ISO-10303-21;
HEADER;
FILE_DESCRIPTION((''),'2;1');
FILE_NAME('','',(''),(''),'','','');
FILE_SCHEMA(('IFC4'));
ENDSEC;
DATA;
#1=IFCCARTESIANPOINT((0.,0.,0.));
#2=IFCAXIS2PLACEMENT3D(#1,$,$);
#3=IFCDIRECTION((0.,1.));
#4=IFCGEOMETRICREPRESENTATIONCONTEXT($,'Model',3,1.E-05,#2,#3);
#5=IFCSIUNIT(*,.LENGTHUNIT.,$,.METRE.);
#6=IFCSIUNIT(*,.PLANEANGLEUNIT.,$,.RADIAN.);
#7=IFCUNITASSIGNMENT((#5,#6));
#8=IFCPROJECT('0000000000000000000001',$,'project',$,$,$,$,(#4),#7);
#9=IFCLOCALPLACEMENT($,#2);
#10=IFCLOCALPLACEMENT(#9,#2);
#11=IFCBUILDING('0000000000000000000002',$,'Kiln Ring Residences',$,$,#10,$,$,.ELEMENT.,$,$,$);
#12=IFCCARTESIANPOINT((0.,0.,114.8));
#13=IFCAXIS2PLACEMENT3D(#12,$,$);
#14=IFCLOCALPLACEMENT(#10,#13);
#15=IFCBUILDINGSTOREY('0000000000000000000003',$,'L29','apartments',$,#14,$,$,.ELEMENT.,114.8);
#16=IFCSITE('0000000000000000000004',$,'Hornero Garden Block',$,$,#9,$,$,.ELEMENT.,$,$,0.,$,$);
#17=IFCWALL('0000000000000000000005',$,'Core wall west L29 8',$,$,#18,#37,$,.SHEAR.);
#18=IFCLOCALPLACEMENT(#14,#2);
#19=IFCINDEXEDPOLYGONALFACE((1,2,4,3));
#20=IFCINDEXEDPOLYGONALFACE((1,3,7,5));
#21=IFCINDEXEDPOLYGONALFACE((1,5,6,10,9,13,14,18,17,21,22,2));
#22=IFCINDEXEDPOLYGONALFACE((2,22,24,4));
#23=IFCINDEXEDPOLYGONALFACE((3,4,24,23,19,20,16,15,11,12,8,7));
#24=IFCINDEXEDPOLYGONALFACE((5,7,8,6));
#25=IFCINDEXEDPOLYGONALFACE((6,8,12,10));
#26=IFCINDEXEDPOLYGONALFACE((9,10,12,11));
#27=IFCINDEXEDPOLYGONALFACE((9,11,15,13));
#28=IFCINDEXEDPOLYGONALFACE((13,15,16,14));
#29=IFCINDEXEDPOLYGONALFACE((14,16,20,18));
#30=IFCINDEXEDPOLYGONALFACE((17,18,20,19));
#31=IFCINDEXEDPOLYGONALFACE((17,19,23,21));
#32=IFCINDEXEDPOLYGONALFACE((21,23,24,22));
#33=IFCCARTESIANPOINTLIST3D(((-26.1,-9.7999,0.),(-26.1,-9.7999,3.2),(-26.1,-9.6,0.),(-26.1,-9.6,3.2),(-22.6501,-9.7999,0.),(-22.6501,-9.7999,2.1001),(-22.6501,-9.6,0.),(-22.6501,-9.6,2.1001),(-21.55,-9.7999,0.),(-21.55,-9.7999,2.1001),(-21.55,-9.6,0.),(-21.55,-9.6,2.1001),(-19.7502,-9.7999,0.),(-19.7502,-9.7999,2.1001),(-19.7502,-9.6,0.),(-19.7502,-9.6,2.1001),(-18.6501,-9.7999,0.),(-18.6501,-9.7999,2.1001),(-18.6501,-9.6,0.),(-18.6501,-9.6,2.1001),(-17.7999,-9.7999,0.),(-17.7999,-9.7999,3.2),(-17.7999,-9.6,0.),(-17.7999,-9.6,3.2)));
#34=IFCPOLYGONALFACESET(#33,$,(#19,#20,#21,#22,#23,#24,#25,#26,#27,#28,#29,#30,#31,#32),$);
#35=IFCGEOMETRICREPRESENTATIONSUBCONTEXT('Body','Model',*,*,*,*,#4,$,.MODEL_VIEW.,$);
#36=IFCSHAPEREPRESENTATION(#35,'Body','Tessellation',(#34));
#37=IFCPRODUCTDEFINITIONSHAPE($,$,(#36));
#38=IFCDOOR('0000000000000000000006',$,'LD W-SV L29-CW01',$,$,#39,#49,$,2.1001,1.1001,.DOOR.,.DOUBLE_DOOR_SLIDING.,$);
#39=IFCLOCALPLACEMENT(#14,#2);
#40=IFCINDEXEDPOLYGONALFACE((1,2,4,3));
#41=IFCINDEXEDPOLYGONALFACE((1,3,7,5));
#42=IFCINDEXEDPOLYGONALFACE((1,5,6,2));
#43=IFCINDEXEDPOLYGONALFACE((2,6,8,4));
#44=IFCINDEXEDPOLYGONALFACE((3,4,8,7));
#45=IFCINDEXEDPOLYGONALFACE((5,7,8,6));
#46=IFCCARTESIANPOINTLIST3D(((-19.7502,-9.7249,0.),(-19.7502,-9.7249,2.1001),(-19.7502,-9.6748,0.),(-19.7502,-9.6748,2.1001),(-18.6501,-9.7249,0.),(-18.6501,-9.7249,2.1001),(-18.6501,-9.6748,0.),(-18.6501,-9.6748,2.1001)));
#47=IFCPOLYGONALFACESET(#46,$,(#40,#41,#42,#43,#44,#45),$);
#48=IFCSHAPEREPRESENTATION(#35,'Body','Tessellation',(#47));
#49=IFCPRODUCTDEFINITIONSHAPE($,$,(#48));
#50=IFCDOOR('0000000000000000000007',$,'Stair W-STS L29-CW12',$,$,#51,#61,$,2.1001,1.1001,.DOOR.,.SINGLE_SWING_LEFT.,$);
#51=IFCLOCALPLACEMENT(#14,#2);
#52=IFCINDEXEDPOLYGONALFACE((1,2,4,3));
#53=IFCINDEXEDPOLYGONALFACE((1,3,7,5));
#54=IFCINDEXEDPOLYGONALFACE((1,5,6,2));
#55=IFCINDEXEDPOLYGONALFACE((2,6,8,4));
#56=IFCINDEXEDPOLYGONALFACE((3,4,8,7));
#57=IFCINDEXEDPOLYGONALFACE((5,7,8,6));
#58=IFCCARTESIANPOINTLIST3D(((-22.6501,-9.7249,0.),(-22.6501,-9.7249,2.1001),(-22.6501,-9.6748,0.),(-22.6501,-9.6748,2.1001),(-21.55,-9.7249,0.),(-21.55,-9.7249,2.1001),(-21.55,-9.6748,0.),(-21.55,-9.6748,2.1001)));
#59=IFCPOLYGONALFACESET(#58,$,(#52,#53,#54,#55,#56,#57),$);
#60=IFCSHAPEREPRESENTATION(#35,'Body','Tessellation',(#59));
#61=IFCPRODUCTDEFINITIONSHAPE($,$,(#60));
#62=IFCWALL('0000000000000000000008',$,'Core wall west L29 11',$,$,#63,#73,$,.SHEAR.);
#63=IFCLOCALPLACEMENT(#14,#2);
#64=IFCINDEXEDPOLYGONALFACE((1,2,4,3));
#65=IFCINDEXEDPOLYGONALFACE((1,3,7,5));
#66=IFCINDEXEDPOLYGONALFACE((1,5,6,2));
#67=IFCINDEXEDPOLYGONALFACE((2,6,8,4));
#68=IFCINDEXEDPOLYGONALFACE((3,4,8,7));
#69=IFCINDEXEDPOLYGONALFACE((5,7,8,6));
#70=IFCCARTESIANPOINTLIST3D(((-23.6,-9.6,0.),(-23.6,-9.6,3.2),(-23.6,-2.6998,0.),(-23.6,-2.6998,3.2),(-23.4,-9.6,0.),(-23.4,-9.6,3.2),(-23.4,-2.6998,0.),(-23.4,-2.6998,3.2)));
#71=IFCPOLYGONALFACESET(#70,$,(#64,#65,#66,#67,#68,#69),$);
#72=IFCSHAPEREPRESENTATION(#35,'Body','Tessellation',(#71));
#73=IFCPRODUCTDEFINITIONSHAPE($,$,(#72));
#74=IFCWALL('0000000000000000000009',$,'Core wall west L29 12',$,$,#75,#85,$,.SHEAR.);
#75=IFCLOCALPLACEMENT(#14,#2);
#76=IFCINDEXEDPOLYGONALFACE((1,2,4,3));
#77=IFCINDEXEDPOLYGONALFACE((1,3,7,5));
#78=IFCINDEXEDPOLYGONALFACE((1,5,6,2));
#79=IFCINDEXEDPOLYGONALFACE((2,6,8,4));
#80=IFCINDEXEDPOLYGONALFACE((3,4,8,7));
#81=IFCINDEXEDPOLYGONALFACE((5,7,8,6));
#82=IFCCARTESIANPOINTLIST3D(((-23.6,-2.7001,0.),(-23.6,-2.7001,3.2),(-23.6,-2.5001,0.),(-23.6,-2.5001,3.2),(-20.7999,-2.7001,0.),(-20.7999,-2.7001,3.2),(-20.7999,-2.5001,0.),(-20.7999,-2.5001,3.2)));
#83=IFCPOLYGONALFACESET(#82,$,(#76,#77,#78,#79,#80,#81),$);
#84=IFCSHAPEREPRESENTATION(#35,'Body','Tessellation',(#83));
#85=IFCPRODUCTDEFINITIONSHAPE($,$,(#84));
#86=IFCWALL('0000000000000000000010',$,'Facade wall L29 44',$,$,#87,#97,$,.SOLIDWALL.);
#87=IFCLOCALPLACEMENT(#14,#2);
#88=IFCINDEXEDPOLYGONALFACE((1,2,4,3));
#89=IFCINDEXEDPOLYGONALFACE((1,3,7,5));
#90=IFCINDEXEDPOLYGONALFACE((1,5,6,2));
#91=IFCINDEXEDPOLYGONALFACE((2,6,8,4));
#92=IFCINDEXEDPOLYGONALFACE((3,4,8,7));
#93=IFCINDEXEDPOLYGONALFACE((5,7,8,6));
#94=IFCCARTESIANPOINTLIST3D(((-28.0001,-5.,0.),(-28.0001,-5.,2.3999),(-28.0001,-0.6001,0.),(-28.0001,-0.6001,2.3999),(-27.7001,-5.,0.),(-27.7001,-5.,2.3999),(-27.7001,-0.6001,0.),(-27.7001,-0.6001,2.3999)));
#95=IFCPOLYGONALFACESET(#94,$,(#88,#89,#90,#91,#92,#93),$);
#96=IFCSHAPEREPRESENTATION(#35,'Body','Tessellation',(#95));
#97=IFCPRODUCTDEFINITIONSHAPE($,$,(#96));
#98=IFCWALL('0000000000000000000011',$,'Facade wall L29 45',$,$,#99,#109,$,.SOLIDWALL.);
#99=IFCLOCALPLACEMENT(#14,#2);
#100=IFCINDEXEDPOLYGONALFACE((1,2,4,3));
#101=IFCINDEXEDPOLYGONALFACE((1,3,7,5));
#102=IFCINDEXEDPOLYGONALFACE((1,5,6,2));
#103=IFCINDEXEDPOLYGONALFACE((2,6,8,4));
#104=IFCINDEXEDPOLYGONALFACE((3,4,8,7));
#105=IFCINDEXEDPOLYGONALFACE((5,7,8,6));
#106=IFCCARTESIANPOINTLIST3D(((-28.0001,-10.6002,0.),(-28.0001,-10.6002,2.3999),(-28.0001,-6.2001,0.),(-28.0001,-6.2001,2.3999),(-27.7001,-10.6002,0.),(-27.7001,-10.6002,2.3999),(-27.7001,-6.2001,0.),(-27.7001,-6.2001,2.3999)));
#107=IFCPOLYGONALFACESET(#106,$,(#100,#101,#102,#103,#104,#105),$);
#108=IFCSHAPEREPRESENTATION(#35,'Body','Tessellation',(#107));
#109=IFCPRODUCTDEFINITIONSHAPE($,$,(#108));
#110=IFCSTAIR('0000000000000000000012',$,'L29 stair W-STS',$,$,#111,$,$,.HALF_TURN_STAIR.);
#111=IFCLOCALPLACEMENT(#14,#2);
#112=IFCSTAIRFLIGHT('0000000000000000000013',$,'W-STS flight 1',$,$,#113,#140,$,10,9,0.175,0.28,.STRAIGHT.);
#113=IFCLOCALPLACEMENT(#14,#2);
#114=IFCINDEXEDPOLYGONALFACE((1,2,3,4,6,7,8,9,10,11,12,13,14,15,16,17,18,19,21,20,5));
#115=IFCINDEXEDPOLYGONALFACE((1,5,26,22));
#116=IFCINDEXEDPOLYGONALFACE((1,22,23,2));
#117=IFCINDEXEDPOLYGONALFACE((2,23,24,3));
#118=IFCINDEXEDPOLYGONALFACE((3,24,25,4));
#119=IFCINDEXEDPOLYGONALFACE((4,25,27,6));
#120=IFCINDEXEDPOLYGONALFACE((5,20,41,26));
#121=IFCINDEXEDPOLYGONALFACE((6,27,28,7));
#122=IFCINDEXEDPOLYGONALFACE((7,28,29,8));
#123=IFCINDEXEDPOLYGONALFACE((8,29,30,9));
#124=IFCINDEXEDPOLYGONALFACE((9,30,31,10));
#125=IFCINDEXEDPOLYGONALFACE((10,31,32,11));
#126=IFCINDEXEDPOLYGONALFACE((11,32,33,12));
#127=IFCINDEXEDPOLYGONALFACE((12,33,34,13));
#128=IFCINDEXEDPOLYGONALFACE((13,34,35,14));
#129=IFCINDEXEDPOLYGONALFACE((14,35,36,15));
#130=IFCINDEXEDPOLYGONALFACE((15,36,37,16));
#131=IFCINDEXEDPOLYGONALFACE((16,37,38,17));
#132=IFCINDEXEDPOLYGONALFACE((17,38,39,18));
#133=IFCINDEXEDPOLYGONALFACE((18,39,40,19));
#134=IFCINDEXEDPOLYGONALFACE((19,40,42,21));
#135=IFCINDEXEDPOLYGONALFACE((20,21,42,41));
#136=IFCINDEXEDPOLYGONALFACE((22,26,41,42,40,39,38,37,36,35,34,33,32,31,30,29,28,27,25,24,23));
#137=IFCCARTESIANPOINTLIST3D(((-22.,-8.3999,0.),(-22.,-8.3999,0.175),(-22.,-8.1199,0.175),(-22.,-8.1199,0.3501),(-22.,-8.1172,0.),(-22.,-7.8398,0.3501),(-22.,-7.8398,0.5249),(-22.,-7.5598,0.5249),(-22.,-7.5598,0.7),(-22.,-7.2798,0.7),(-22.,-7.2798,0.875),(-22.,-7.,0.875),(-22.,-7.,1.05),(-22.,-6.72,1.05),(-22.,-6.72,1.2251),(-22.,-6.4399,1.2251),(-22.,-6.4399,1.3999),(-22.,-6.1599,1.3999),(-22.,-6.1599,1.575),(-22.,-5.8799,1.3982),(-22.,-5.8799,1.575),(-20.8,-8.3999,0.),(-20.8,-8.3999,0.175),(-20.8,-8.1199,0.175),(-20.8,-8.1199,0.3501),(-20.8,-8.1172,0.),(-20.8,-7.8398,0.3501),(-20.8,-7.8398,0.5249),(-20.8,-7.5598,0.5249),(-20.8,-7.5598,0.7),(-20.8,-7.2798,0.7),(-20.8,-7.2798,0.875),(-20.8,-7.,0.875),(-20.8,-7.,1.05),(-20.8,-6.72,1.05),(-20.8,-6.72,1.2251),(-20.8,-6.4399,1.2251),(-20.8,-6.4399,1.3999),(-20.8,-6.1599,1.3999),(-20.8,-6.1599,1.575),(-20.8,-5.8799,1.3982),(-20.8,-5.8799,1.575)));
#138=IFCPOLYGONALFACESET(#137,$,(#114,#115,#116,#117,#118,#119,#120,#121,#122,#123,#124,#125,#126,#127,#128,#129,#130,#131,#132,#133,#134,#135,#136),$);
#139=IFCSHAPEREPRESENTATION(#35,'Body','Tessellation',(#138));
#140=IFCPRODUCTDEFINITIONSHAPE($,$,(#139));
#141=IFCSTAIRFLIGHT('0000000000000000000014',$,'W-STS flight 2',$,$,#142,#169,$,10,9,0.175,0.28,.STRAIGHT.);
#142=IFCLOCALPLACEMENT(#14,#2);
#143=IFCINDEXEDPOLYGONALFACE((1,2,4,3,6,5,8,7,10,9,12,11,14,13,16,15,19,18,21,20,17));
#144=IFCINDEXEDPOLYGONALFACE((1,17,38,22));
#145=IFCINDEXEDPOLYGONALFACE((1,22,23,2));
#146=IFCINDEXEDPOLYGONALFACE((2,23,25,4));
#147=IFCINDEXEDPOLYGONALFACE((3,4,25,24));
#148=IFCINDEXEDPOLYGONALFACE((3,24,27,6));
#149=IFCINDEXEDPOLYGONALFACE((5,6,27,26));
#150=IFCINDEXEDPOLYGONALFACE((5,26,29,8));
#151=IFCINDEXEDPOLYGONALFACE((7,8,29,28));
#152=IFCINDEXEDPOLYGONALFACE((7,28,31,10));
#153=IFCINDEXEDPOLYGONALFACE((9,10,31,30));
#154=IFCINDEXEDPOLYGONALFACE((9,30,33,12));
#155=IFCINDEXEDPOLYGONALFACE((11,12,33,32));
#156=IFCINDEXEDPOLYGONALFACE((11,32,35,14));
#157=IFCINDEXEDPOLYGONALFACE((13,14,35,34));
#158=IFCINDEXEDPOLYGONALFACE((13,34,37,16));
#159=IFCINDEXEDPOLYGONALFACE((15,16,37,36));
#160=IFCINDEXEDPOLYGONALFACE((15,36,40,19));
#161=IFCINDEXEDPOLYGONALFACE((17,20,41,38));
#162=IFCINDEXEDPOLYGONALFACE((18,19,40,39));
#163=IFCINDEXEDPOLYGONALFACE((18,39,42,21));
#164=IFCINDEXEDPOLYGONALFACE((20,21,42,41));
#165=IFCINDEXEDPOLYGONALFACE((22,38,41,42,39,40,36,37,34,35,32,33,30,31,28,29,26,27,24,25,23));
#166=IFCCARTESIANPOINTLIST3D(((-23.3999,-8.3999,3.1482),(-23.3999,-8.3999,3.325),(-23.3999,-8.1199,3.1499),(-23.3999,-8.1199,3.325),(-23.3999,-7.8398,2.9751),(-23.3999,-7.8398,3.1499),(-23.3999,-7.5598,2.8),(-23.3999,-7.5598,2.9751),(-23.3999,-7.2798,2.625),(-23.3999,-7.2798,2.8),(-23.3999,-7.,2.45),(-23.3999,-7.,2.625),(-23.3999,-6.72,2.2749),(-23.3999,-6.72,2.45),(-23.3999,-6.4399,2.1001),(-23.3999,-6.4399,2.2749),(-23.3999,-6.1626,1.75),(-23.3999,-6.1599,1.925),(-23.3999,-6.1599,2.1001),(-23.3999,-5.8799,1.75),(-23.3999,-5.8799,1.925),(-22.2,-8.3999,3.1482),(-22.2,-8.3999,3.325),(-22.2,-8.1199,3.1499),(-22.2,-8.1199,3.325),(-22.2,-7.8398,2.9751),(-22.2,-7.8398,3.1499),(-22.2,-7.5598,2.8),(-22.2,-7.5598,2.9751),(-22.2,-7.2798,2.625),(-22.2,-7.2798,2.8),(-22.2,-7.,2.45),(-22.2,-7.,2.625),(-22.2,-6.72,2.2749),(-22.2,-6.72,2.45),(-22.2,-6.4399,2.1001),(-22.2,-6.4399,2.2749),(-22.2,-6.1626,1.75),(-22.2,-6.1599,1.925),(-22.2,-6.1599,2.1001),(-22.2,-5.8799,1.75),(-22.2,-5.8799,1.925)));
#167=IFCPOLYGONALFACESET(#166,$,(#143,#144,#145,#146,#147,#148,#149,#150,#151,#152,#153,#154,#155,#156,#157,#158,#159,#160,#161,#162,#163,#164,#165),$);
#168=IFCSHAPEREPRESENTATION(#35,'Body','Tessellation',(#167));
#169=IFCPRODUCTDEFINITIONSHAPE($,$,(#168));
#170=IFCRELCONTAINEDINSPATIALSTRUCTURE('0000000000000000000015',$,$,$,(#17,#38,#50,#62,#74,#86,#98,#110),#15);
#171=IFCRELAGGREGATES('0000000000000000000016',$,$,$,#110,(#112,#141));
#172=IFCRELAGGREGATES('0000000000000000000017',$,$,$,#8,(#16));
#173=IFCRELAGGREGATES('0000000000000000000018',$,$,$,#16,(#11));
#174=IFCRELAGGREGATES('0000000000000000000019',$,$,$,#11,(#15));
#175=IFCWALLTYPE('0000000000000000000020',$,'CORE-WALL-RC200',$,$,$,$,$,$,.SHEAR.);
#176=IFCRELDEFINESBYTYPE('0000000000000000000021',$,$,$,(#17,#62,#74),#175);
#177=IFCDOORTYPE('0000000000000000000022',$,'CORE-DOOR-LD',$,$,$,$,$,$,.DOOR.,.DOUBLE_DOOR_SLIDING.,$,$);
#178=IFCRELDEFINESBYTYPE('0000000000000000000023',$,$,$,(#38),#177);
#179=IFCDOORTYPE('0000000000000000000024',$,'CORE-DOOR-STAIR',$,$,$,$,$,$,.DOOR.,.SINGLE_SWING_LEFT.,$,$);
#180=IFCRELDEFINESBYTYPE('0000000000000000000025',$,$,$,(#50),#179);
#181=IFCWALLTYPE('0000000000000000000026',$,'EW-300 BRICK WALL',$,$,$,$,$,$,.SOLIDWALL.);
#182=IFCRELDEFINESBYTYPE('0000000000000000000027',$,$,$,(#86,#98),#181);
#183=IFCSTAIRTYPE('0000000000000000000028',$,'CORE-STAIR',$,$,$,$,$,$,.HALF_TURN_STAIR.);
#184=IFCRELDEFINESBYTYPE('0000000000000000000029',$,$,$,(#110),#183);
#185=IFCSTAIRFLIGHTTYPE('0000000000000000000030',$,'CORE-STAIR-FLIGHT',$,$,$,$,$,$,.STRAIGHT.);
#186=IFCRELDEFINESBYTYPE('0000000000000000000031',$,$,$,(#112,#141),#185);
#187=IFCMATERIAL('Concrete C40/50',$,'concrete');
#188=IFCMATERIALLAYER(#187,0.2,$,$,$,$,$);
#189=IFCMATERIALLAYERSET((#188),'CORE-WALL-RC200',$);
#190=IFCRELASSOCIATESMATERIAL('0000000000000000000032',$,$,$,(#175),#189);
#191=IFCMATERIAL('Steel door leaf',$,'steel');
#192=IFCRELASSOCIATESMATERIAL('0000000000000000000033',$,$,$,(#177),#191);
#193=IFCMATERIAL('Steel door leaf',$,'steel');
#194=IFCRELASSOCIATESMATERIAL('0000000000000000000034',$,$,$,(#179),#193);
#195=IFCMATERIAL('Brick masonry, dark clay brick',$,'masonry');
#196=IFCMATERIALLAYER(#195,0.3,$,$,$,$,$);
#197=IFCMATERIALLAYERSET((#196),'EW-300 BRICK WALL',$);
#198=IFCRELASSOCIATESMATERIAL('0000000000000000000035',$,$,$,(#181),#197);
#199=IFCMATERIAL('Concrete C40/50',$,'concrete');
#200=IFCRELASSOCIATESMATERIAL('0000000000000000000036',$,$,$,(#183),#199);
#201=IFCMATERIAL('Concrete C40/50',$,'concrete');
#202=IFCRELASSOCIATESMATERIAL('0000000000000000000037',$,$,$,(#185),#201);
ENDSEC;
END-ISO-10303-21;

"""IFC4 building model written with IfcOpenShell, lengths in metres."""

from ifc_helpers import new_model, si_unit, direction, frame, frame_2d, origin, place, context, subcontext, project, spatial, polyline, rectangle, outline, extrude, material, layer, layer_set, type_object, element, fill, aggregate, save


model = new_model("IFC4")

# Units and contexts
model_context = context("Model", 3, precision=1e-05, world=origin(), true_north=direction((0.0, 1.0)))
body_context = subcontext(model_context, "Body", "Model", "MODEL_VIEW")
ifc_project = project(units=[si_unit("LENGTHUNIT", "METRE"), si_unit("PLANEANGLEUNIT", "RADIAN")], contexts=[model_context])

# Site, building, storey
site_placement = place(None, origin())
site = spatial("IfcSite", under=ifc_project, at=site_placement, Name="Hornero Garden Block", CompositionType="ELEMENT", RefElevation=0.0)
building_placement = place(site_placement, origin())
building = spatial("IfcBuilding", under=site, at=building_placement, Name="Kiln Ring Residences", CompositionType="ELEMENT")
storey_placement = place(building_placement, frame((0.0, 0.0, 114.8)))
storey = spatial("IfcBuildingStorey", under=building, at=storey_placement, Name="L29", Description="apartments", CompositionType="ELEMENT", Elevation=114.8)

# Shared definitions
ifc_material_1 = material(Name="Concrete C40/50", Category="concrete")
ifc_layer_1 = layer(ifc_material_1, 0.2)
ifc_layer_set_1 = layer_set([ifc_layer_1], Name="CORE-WALL-RC200")
wall_type_1 = type_object("IfcWallType", Name="CORE-WALL-RC200", PredefinedType="SHEAR", material=ifc_layer_set_1)

# Wall, openings, doors
wall_1_placement = place(storey_placement, frame((-17.8, -9.7, 0.0), z_axis=(0.0, 0.0, 1.0), x_axis=(-1.0, 0.0, 0.0)))
wall_1 = element("IfcWall", 1, at=wall_1_placement, inside=storey, type_object=wall_type_1, Name="Core wall west L29 8", PredefinedType="SHEAR", context=body_context, shape_type="SweptSolid", body=[
    extrude(rectangle(XDim=8.3, YDim=0.2, at=frame_2d((4.1499, 0.0))), origin(), (0.0, 0.0, 1.0), 3.2),
])
opening_1_placement = place(wall_1_placement, frame((0.8501, 0.0, 0.0)))
opening_1 = element("IfcOpeningElement", 2, at=opening_1_placement, cuts=wall_1, PredefinedType="OPENING", context=body_context, shape_type="SweptSolid", body=[
    extrude(rectangle(XDim=1.1001, YDim=2.1001, at=frame_2d((0.55, 1.05))), frame((0.0, 0.1099, 0.0), z_axis=(0.0, -1.0, 0.0), x_axis=(1.0, 0.0, 0.0)), (0.0, 0.0, 1.0), 0.22),
])
opening_2_placement = place(wall_1_placement, frame((3.75, 0.0, 0.0)))
opening_2 = element("IfcOpeningElement", 3, at=opening_2_placement, cuts=wall_1, PredefinedType="OPENING", context=body_context, shape_type="SweptSolid", body=[
    extrude(rectangle(XDim=1.1001, YDim=2.1001, at=frame_2d((0.55, 1.05))), frame((0.0, 0.1099, 0.0), z_axis=(0.0, -1.0, 0.0), x_axis=(1.0, 0.0, 0.0)), (0.0, 0.0, 1.0), 0.22),
])
ifc_material_2 = material(Name="Steel door leaf", Category="steel")
door_type_1 = type_object("IfcDoorType", Name="CORE-DOOR-LD", OperationType="DOUBLE_DOOR_SLIDING", PredefinedType="DOOR", material=ifc_material_2)
door_1_placement = place(opening_1_placement, origin())
door_1 = element("IfcDoor", 4, at=door_1_placement, inside=storey, type_object=door_type_1, Name="LD W-SV L29-CW01", OperationType="DOUBLE_DOOR_SLIDING", OverallHeight=2.1001, OverallWidth=1.1001, PredefinedType="DOOR", context=body_context, shape_type="SweptSolid", body=[
    extrude(rectangle(XDim=1.1001, YDim=2.1001, at=frame_2d((0.55, 1.05))), frame((0.0, 0.0249, 0.0), z_axis=(0.0, -1.0, 0.0), x_axis=(1.0, 0.0, 0.0)), (0.0, 0.0, 1.0), 0.05),
])
fill(opening_1, door_1)
ifc_material_3 = material(Name="Steel door leaf", Category="steel")
door_type_2 = type_object("IfcDoorType", Name="CORE-DOOR-STAIR", OperationType="SINGLE_SWING_LEFT", PredefinedType="DOOR", material=ifc_material_3)
door_2_placement = place(opening_2_placement, origin())
door_2 = element("IfcDoor", 5, at=door_2_placement, inside=storey, type_object=door_type_2, Name="Stair W-STS L29-CW12", OperationType="SINGLE_SWING_LEFT", OverallHeight=2.1001, OverallWidth=1.1001, PredefinedType="DOOR", context=body_context, shape_type="SweptSolid", body=[
    extrude(rectangle(XDim=1.1001, YDim=2.1001, at=frame_2d((0.55, 1.05))), frame((0.0, 0.0249, 0.0), z_axis=(0.0, -1.0, 0.0), x_axis=(1.0, 0.0, 0.0)), (0.0, 0.0, 1.0), 0.05),
])
fill(opening_2, door_2)

# Walls
wall_2_placement = place(storey_placement, frame((-23.5, -9.6001, 0.0), z_axis=(0.0, 0.0, 1.0), x_axis=(0.0, 1.0, 0.0)))
element("IfcWall", 6, at=wall_2_placement, inside=storey, type_object=wall_type_1, Name="Core wall west L29 11", PredefinedType="SHEAR", context=body_context, shape_type="SweptSolid", body=[
    extrude(rectangle(XDim=6.9001, YDim=0.2, at=frame_2d((3.4502, 0.0))), origin(), (0.0, 0.0, 1.0), 3.2),
])
wall_3_placement = place(storey_placement, frame((-20.8, -2.6001, 0.0), z_axis=(0.0, 0.0, 1.0), x_axis=(-1.0, 0.0, 0.0)))
element("IfcWall", 7, at=wall_3_placement, inside=storey, type_object=wall_type_1, Name="Core wall west L29 12", PredefinedType="SHEAR", context=body_context, shape_type="SweptSolid", body=[
    extrude(rectangle(XDim=2.8, YDim=0.2, at=frame_2d((1.3999, 0.0))), origin(), (0.0, 0.0, 1.0), 3.2),
])
ifc_material_4 = material(Name="Brick masonry, dark clay brick", Category="masonry")
ifc_layer_2 = layer(ifc_material_4, 0.3)
ifc_layer_set_2 = layer_set([ifc_layer_2], Name="EW-300 BRICK WALL")
wall_type_2 = type_object("IfcWallType", Name="EW-300 BRICK WALL", PredefinedType="SOLIDWALL", material=ifc_layer_set_2)
wall_4_placement = place(storey_placement, frame((-27.8501, -0.6001, 0.0), z_axis=(0.0, 0.0, 1.0), x_axis=(0.0, -1.0, 0.0)))
element("IfcWall", 8, at=wall_4_placement, inside=storey, type_object=wall_type_2, Name="Facade wall L29 44", PredefinedType="SOLIDWALL", context=body_context, shape_type="SweptSolid", body=[
    extrude(rectangle(XDim=4.3999, YDim=0.3, at=frame_2d((2.2, 0.0))), origin(), (0.0, 0.0, 1.0), 2.3999),
])
wall_5_placement = place(storey_placement, frame((-27.8501, -6.2, 0.0), z_axis=(0.0, 0.0, 1.0), x_axis=(0.0, -1.0, 0.0)))
element("IfcWall", 9, at=wall_5_placement, inside=storey, type_object=wall_type_2, Name="Facade wall L29 45", PredefinedType="SOLIDWALL", context=body_context, shape_type="SweptSolid", body=[
    extrude(rectangle(XDim=4.4001, YDim=0.3, at=frame_2d((2.2002, 0.0))), origin(), (0.0, 0.0, 1.0), 2.3999),
])

# Stair, stair flights
ifc_material_5 = material(Name="Concrete C40/50", Category="concrete")
stair_type = type_object("IfcStairType", Name="CORE-STAIR", PredefinedType="HALF_TURN_STAIR", material=ifc_material_5)
stair_placement = place(storey_placement, origin())
stair = element("IfcStair", 10, at=stair_placement, inside=storey, type_object=stair_type, Name="L29 stair W-STS", PredefinedType="HALF_TURN_STAIR")
ifc_material_6 = material(Name="Concrete C40/50", Category="concrete")
stair_flight_type = type_object("IfcStairFlightType", Name="CORE-STAIR-FLIGHT", PredefinedType="STRAIGHT", material=ifc_material_6)
stair_flight_1_placement = place(storey_placement, frame((-21.3999, -8.3999, 0.0), z_axis=(0.0, 0.0, 1.0), x_axis=(0.0, 1.0, 0.0)))
stair_flight_1 = element("IfcStairFlight", 11, at=stair_flight_1_placement, type_object=stair_flight_type, Name="W-STS flight 1", NumberOfRisers=10, NumberOfTreads=9, PredefinedType="STRAIGHT", RiserHeight=0.175, TreadLength=0.28, context=body_context, shape_type="SweptSolid", body=[
    extrude(outline(polyline([(0.0, 0.0), (0.0, 0.175), (0.28, 0.175), (0.28, 0.3501), (0.5601, 0.3501), (0.5601, 0.5249), (0.8401, 0.5249), (0.8401, 0.7), (1.1201, 0.7), (1.1201, 0.875), (1.3999, 0.875), (1.3999, 1.05), (1.6799, 1.05), (1.6799, 1.2251), (1.96, 1.2251), (1.96, 1.3999), (2.24, 1.3999), (2.24, 1.575), (2.52, 1.575), (2.52, 1.75), (2.52, 1.3982), (0.2827, 0.0), (0.0, 0.0)])), frame((0.0, 0.6001, 0.0), z_axis=(0.0, -1.0, 0.0), x_axis=(1.0, 0.0, 0.0)), (0.0, 0.0, 1.0), 1.2),
])
stair_flight_2_placement = place(storey_placement, frame((-22.8, -5.8799, 1.75), z_axis=(0.0, 0.0, 1.0), x_axis=(0.0, -1.0, 0.0)))
stair_flight_2 = element("IfcStairFlight", 12, at=stair_flight_2_placement, type_object=stair_flight_type, Name="W-STS flight 2", NumberOfRisers=10, NumberOfTreads=9, PredefinedType="STRAIGHT", RiserHeight=0.175, TreadLength=0.28, context=body_context, shape_type="SweptSolid", body=[
    extrude(outline(polyline([(0.0, 0.0), (0.0, 0.175), (0.28, 0.175), (0.28, 0.3501), (0.5601, 0.3501), (0.5601, 0.5249), (0.8401, 0.5249), (0.8401, 0.7), (1.1201, 0.7), (1.1201, 0.875), (1.3999, 0.875), (1.3999, 1.05), (1.6799, 1.05), (1.6799, 1.2251), (1.96, 1.2251), (1.96, 1.3999), (2.24, 1.3999), (2.24, 1.575), (2.52, 1.575), (2.52, 1.75), (2.52, 1.3982), (0.2827, 0.0), (0.0, 0.0)])), frame((0.0, 0.6001, 0.0), z_axis=(0.0, -1.0, 0.0), x_axis=(1.0, 0.0, 0.0)), (0.0, 0.0, 1.0), 1.2),
])
aggregate(stair, [stair_flight_1, stair_flight_2])

save(model, "model.ifc")
